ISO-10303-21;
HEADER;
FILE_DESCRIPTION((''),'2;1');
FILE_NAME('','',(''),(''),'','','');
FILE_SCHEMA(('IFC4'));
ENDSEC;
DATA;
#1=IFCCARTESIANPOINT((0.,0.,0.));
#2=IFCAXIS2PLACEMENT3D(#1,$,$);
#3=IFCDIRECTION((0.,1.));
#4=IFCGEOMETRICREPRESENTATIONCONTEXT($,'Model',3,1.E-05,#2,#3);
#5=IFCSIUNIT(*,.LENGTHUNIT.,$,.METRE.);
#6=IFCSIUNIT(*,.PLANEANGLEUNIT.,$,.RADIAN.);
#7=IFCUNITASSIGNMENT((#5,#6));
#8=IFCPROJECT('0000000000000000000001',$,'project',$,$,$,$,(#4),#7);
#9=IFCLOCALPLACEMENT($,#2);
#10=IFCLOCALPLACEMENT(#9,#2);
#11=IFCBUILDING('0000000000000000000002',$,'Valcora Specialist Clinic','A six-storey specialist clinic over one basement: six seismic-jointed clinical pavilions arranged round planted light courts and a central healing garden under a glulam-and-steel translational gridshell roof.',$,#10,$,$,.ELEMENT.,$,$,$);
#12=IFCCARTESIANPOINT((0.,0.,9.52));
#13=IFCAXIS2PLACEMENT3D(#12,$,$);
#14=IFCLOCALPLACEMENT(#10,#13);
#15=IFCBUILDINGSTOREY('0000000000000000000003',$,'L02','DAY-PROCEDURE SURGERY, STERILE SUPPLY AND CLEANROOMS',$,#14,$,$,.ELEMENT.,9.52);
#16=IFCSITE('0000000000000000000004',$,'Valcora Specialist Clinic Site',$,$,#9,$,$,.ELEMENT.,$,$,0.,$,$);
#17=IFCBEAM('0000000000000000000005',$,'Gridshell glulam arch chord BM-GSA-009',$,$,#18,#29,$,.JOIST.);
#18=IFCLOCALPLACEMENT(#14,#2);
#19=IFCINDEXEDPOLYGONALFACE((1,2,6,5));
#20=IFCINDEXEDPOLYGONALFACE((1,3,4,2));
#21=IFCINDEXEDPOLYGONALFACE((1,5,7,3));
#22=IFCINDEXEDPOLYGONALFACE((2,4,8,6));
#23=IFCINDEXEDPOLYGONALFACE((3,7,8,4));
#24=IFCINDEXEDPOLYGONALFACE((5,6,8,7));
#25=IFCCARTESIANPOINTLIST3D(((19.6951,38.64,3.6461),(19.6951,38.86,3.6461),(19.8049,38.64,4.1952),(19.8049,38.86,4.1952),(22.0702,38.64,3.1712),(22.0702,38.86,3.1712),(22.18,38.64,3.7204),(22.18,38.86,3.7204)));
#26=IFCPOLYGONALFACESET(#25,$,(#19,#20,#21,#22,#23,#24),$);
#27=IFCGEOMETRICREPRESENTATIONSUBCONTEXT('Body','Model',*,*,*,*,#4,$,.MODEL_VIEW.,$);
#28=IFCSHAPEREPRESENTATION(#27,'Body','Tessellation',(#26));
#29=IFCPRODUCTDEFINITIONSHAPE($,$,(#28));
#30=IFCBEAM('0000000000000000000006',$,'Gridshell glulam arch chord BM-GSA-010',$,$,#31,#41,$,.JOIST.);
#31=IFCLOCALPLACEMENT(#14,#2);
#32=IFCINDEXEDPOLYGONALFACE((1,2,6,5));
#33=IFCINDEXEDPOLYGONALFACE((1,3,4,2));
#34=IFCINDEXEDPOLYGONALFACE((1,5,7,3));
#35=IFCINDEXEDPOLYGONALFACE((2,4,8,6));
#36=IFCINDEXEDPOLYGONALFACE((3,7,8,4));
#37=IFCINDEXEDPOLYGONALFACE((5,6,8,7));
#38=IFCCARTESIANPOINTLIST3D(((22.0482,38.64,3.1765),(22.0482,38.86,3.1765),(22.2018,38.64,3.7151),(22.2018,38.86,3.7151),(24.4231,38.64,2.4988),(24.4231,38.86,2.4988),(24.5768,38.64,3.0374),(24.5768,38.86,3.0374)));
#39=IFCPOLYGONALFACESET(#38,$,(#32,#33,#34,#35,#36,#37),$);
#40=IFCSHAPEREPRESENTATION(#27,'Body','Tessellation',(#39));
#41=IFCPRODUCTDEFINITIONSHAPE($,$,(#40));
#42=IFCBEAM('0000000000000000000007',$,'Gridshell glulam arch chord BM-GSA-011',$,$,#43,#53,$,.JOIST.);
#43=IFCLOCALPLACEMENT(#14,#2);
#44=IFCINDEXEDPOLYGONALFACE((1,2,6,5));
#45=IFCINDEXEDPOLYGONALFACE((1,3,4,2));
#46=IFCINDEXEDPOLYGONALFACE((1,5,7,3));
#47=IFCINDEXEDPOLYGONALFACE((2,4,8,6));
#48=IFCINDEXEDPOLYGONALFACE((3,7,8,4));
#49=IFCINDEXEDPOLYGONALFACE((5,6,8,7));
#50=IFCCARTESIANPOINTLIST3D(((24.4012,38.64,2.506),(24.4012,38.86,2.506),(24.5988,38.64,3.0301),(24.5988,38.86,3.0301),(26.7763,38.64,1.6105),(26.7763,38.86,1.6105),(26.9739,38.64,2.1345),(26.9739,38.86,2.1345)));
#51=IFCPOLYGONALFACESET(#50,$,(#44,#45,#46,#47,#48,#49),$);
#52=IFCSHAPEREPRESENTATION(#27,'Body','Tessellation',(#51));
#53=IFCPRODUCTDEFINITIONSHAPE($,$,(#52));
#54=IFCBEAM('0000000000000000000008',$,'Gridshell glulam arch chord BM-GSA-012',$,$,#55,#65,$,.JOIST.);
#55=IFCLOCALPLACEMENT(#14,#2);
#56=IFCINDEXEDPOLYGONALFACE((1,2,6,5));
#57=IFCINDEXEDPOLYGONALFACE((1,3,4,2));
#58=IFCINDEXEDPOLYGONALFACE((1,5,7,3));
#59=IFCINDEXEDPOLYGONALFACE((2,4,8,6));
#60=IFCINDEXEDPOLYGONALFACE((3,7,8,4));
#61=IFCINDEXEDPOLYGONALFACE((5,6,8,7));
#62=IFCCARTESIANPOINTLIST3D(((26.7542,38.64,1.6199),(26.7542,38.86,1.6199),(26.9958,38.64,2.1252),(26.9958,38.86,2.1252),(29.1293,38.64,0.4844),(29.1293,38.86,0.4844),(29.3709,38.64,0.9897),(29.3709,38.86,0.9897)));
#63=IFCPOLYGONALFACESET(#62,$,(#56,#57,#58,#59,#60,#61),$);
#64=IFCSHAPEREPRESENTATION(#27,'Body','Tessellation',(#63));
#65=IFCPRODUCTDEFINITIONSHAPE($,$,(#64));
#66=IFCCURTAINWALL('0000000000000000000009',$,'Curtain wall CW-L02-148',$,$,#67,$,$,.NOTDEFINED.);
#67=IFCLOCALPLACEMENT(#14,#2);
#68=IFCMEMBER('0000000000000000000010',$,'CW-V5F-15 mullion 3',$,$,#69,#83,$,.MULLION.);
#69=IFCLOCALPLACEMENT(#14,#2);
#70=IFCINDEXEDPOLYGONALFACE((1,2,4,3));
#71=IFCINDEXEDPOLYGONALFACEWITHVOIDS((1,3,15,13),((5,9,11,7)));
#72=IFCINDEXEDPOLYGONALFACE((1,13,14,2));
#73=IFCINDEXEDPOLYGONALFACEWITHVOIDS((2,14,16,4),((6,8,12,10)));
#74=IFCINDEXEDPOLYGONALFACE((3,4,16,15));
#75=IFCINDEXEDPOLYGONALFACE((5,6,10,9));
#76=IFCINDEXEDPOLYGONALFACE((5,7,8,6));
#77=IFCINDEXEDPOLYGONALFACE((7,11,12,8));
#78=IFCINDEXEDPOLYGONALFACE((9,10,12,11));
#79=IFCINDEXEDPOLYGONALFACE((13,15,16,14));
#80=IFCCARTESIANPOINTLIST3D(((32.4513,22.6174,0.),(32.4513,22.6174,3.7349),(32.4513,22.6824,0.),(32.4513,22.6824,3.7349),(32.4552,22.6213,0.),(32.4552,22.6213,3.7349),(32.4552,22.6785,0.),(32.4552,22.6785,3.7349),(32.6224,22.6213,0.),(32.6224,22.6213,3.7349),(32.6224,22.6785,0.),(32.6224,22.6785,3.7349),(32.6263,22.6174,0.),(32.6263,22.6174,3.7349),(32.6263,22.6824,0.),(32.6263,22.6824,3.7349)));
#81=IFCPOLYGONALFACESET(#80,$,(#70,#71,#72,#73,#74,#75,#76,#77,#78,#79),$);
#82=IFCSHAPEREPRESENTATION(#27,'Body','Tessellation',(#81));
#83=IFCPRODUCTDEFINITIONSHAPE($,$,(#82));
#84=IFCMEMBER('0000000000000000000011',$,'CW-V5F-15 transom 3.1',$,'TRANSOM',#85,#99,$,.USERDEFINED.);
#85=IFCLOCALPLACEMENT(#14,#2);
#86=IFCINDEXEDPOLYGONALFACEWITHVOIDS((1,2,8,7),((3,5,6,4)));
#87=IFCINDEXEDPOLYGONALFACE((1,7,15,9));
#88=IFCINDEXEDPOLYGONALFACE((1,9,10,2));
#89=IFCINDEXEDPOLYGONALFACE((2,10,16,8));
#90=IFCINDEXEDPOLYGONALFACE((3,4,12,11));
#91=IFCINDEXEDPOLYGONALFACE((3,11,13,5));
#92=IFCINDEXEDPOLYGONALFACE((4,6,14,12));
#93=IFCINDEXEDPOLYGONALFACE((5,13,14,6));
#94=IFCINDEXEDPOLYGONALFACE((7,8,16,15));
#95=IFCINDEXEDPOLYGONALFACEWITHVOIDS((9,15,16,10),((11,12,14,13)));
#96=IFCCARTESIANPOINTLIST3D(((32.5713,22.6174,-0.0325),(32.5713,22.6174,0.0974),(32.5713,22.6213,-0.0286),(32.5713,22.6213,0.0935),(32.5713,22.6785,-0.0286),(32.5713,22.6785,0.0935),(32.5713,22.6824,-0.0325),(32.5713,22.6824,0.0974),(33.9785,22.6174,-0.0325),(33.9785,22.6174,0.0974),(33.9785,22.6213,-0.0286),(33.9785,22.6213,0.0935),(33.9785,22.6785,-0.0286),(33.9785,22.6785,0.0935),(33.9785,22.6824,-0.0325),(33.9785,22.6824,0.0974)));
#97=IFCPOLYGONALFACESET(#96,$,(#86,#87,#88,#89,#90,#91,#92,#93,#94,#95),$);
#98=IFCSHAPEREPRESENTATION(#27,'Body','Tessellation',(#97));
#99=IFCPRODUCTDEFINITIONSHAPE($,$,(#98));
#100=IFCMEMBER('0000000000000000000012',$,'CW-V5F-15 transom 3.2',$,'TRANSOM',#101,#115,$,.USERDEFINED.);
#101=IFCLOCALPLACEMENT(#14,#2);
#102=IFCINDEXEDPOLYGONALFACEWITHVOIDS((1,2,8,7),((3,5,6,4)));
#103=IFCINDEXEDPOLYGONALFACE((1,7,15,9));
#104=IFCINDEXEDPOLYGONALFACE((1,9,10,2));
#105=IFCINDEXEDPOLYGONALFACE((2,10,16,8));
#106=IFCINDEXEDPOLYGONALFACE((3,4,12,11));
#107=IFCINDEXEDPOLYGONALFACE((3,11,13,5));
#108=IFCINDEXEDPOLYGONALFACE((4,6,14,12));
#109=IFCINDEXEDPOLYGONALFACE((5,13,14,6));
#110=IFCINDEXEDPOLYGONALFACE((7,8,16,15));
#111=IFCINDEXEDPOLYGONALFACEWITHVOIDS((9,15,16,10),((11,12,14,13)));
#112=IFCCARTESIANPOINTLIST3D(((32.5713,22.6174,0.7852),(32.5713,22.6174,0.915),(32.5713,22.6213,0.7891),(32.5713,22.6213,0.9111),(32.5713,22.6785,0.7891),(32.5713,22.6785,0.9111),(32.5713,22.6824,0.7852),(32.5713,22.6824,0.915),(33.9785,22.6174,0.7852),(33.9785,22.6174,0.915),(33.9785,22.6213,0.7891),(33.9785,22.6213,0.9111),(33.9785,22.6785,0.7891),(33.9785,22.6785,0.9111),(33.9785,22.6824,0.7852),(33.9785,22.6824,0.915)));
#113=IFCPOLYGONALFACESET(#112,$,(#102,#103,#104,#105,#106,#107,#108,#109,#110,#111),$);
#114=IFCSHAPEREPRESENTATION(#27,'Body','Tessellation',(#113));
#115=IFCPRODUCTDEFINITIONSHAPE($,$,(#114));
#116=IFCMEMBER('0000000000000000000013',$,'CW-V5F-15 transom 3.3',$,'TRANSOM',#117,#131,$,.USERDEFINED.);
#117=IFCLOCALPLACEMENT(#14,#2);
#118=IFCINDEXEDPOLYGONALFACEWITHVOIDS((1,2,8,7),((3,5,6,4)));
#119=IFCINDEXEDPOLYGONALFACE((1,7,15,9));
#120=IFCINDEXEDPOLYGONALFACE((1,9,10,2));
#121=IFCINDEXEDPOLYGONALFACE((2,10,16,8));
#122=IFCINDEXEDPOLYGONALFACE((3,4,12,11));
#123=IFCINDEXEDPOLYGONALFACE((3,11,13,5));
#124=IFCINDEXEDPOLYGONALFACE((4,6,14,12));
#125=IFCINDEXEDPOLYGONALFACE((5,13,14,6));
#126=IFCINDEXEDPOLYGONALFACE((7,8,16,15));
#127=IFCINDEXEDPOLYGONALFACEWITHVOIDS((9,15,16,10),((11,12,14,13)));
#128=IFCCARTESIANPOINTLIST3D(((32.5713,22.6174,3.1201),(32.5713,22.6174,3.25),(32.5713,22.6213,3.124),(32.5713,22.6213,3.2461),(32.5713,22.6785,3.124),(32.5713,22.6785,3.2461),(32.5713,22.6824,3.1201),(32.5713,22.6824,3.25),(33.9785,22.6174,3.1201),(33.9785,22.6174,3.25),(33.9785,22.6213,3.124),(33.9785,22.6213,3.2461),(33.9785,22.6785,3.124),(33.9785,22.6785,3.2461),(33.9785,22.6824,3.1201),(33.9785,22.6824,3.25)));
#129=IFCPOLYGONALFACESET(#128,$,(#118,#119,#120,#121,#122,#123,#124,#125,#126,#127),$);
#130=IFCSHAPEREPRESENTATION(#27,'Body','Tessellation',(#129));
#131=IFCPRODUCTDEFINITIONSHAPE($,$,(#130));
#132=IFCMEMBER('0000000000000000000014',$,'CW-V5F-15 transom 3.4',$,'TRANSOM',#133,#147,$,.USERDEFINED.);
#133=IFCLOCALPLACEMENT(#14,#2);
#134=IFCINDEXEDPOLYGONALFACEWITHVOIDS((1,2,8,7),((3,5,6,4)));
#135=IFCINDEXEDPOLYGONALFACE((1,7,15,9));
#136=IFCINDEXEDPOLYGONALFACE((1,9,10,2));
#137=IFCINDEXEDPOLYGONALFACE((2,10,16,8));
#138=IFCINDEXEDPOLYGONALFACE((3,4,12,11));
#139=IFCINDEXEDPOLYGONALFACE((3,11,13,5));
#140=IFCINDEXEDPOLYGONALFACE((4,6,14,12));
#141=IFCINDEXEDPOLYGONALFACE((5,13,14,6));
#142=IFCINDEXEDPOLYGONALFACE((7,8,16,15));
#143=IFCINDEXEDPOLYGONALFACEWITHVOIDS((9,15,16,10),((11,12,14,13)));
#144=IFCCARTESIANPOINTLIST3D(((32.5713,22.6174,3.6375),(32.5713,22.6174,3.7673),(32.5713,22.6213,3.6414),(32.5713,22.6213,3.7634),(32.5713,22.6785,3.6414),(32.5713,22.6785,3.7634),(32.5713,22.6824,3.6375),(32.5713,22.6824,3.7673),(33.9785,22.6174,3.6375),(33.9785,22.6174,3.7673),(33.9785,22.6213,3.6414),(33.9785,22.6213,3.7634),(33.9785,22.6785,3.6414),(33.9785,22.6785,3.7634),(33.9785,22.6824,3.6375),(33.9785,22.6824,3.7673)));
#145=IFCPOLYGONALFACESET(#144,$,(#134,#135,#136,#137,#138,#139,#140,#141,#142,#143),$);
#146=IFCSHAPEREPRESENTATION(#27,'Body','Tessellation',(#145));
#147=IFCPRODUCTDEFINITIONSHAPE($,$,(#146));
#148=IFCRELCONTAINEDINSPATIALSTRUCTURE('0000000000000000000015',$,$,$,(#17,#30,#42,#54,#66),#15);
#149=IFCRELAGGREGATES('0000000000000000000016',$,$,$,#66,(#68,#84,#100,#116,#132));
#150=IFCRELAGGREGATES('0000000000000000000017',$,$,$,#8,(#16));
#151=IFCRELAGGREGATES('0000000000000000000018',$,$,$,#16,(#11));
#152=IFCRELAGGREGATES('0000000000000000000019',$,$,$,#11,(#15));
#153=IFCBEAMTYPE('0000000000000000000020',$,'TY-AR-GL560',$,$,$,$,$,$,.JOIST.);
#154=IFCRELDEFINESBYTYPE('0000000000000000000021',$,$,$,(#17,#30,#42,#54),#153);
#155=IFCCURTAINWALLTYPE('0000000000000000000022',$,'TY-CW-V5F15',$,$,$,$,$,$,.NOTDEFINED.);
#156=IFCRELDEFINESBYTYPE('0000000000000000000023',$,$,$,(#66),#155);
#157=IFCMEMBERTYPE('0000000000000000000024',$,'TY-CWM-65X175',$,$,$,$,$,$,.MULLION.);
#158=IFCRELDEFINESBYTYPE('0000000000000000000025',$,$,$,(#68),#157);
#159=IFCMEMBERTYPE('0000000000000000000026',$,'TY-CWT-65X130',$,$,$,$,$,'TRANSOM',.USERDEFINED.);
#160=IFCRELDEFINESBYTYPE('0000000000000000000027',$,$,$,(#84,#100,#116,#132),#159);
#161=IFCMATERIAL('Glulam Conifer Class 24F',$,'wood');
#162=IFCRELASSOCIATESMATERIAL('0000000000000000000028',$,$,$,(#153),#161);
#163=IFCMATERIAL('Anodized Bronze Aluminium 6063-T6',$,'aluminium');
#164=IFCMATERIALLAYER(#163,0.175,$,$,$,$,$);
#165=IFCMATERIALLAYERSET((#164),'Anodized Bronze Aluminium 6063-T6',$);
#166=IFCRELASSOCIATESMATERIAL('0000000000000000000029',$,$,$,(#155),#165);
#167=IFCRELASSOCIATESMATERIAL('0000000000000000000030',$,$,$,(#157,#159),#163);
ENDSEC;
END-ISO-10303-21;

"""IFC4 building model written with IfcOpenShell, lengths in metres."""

from ifc_helpers import new_model, si_unit, direction, frame, origin, origin_2d, place, context, subcontext, project, spatial, rectangle, hollow_rectangle, extrude, material, layer, layer_set, material_profile, profile_set, type_object, element, aggregate, save


model = new_model("IFC4")

# Units and contexts
model_context = context("Model", 3, precision=1e-05, world=origin(), true_north=direction((0.0, 1.0)))
body_context = subcontext(model_context, "Body", "Model", "MODEL_VIEW")
ifc_project = project(units=[si_unit("LENGTHUNIT", "METRE"), si_unit("PLANEANGLEUNIT", "RADIAN")], contexts=[model_context])

# Site, building, storey
site_placement = place(None, origin())
site = spatial("IfcSite", under=ifc_project, at=site_placement, Name="Valcora Specialist Clinic Site", CompositionType="ELEMENT", RefElevation=0.0)
building_placement = place(site_placement, origin())
building = spatial("IfcBuilding", under=site, at=building_placement, Name="Valcora Specialist Clinic", Description="A six-storey specialist clinic over one basement: six seismic-jointed clinical pavilions arranged round planted light courts and a central healing garden under a glulam-and-steel translational gridshell roof.", CompositionType="ELEMENT")
storey_placement = place(building_placement, frame((0.0, 0.0, 9.52)))
storey = spatial("IfcBuildingStorey", under=building, at=storey_placement, Name="L02", Description="DAY-PROCEDURE SURGERY, STERILE SUPPLY AND CLEANROOMS", CompositionType="ELEMENT", Elevation=9.52)

# Beams
ifc_material_1 = material(Name="Glulam Conifer Class 24F", Category="wood")
ifc_material_profile_1 = material_profile(ifc_material_1, rectangle(XDim=0.22, YDim=0.5601, at=origin_2d()), Name="GL-ARC-220X560")
ifc_profile_set_1 = profile_set([ifc_material_profile_1], Name="Glulam Conifer Class 24F")
beam_type = type_object("IfcBeamType", Name="TY-AR-GL560", PredefinedType="JOIST", material=ifc_profile_set_1)
beam_1_placement = place(storey_placement, frame((19.75, 38.75, 3.9207), z_axis=(0.980592, 0.0, -0.196058), x_axis=(0.0, 1.0, 0.0)))
element("IfcBeam", 1, at=beam_1_placement, inside=storey, type_object=beam_type, Name="Gridshell glulam arch chord BM-GSA-009", PredefinedType="JOIST", context=body_context, shape_type="SweptSolid", body=[
    extrude(rectangle(XDim=0.22, YDim=0.5601, at=origin_2d()), origin(), (0.0, 0.0, 1.0), 2.4221),
])
beam_2_placement = place(storey_placement, frame((22.125, 38.75, 3.4458), z_axis=(0.961613, 0.0, -0.274408), x_axis=(0.0, 1.0, 0.0)))
element("IfcBeam", 2, at=beam_2_placement, inside=storey, type_object=beam_type, Name="Gridshell glulam arch chord BM-GSA-010", PredefinedType="JOIST", context=body_context, shape_type="SweptSolid", body=[
    extrude(rectangle(XDim=0.22, YDim=0.5601, at=origin_2d()), origin(), (0.0, 0.0, 1.0), 2.4697),
])
beam_3_placement = place(storey_placement, frame((24.5, 38.75, 2.7681), z_axis=(0.935695, 0.0, -0.352809), x_axis=(0.0, 1.0, 0.0)))
element("IfcBeam", 3, at=beam_3_placement, inside=storey, type_object=beam_type, Name="Gridshell glulam arch chord BM-GSA-011", PredefinedType="JOIST", context=body_context, shape_type="SweptSolid", body=[
    extrude(rectangle(XDim=0.22, YDim=0.5601, at=origin_2d()), origin(), (0.0, 0.0, 1.0), 2.5383),
])
beam_4_placement = place(storey_placement, frame((26.875, 38.75, 1.8726), z_axis=(0.902189, 0.0, -0.431341), x_axis=(0.0, 1.0, 0.0)))
element("IfcBeam", 4, at=beam_4_placement, inside=storey, type_object=beam_type, Name="Gridshell glulam arch chord BM-GSA-012", PredefinedType="JOIST", context=body_context, shape_type="SweptSolid", body=[
    extrude(rectangle(XDim=0.22, YDim=0.5601, at=origin_2d()), origin(), (0.0, 0.0, 1.0), 2.6326),
])

# Curtain wall, members
ifc_material_2 = material(Name="Anodized Bronze Aluminium 6063-T6", Category="aluminium")
ifc_layer_1 = layer(ifc_material_2, 0.175)
ifc_layer_set_1 = layer_set([ifc_layer_1], Name="Anodized Bronze Aluminium 6063-T6")
curtain_wall_type = type_object("IfcCurtainWallType", Name="TY-CW-V5F15", PredefinedType="NOTDEFINED", material=ifc_layer_set_1)
curtain_wall_placement = place(storey_placement, origin())
curtain_wall = element("IfcCurtainWall", 5, at=curtain_wall_placement, inside=storey, type_object=curtain_wall_type, Name="Curtain wall CW-L02-148", PredefinedType="NOTDEFINED")
ifc_material_profile_2 = material_profile(ifc_material_2, hollow_rectangle(XDim=0.0649, YDim=0.175, WallThickness=0.0039, at=origin_2d()), Name="AL-MUL-65X175")
ifc_profile_set_2 = profile_set([ifc_material_profile_2], Name="Anodized Bronze Aluminium 6063-T6")
member_type_1 = type_object("IfcMemberType", Name="TY-CWM-65X175", PredefinedType="MULLION", material=ifc_profile_set_2)
member_1_placement = place(storey_placement, frame((32.5388, 22.6499, 0.0), z_axis=(0.0, 0.0, 1.0), x_axis=(0.0, 1.0, 0.0)))
member_1 = element("IfcMember", 6, at=member_1_placement, type_object=member_type_1, Name="CW-V5F-15 mullion 3", PredefinedType="MULLION", context=body_context, shape_type="SweptSolid", body=[
    extrude(hollow_rectangle(XDim=0.0649, YDim=0.175, WallThickness=0.0039, at=origin_2d()), origin(), (0.0, 0.0, 1.0), 3.7349),
])
ifc_material_profile_3 = material_profile(ifc_material_2, hollow_rectangle(XDim=0.0649, YDim=0.1299, WallThickness=0.0039, at=origin_2d()), Name="AL-TRN-65X130")
ifc_profile_set_3 = profile_set([ifc_material_profile_3], Name="Anodized Bronze Aluminium 6063-T6")
member_type_2 = type_object("IfcMemberType", Name="TY-CWT-65X130", ElementType="TRANSOM", PredefinedType="USERDEFINED", material=ifc_profile_set_3)
member_2_placement = place(storey_placement, frame((32.5713, 22.6499, 0.0325), z_axis=(1.0, 0.0, 0.0), x_axis=(0.0, 1.0, 0.0)))
member_2 = element("IfcMember", 7, at=member_2_placement, type_object=member_type_2, Name="CW-V5F-15 transom 3.1", ObjectType="TRANSOM", PredefinedType="USERDEFINED", context=body_context, shape_type="SweptSolid", body=[
    extrude(hollow_rectangle(XDim=0.0649, YDim=0.1299, WallThickness=0.0039, at=origin_2d()), origin(), (0.0, 0.0, 1.0), 1.4072),
])
member_3_placement = place(storey_placement, frame((32.5713, 22.6499, 0.8501), z_axis=(1.0, 0.0, 0.0), x_axis=(0.0, 1.0, 0.0)))
member_3 = element("IfcMember", 8, at=member_3_placement, type_object=member_type_2, Name="CW-V5F-15 transom 3.2", ObjectType="TRANSOM", PredefinedType="USERDEFINED", context=body_context, shape_type="SweptSolid", body=[
    extrude(hollow_rectangle(XDim=0.0649, YDim=0.1299, WallThickness=0.0039, at=origin_2d()), origin(), (0.0, 0.0, 1.0), 1.4072),
])
member_4_placement = place(storey_placement, frame((32.5713, 22.6499, 3.1851), z_axis=(1.0, 0.0, 0.0), x_axis=(0.0, 1.0, 0.0)))
member_4 = element("IfcMember", 9, at=member_4_placement, type_object=member_type_2, Name="CW-V5F-15 transom 3.3", ObjectType="TRANSOM", PredefinedType="USERDEFINED", context=body_context, shape_type="SweptSolid", body=[
    extrude(hollow_rectangle(XDim=0.0649, YDim=0.1299, WallThickness=0.0039, at=origin_2d()), origin(), (0.0, 0.0, 1.0), 1.4072),
])
member_5_placement = place(storey_placement, frame((32.5713, 22.6499, 3.7024), z_axis=(1.0, 0.0, 0.0), x_axis=(0.0, 1.0, 0.0)))
member_5 = element("IfcMember", 10, at=member_5_placement, type_object=member_type_2, Name="CW-V5F-15 transom 3.4", ObjectType="TRANSOM", PredefinedType="USERDEFINED", context=body_context, shape_type="SweptSolid", body=[
    extrude(hollow_rectangle(XDim=0.0649, YDim=0.1299, WallThickness=0.0039, at=origin_2d()), origin(), (0.0, 0.0, 1.0), 1.4072),
])

aggregate(curtain_wall, [member_1, member_2, member_3, member_4, member_5])

save(model, "model.ifc")
